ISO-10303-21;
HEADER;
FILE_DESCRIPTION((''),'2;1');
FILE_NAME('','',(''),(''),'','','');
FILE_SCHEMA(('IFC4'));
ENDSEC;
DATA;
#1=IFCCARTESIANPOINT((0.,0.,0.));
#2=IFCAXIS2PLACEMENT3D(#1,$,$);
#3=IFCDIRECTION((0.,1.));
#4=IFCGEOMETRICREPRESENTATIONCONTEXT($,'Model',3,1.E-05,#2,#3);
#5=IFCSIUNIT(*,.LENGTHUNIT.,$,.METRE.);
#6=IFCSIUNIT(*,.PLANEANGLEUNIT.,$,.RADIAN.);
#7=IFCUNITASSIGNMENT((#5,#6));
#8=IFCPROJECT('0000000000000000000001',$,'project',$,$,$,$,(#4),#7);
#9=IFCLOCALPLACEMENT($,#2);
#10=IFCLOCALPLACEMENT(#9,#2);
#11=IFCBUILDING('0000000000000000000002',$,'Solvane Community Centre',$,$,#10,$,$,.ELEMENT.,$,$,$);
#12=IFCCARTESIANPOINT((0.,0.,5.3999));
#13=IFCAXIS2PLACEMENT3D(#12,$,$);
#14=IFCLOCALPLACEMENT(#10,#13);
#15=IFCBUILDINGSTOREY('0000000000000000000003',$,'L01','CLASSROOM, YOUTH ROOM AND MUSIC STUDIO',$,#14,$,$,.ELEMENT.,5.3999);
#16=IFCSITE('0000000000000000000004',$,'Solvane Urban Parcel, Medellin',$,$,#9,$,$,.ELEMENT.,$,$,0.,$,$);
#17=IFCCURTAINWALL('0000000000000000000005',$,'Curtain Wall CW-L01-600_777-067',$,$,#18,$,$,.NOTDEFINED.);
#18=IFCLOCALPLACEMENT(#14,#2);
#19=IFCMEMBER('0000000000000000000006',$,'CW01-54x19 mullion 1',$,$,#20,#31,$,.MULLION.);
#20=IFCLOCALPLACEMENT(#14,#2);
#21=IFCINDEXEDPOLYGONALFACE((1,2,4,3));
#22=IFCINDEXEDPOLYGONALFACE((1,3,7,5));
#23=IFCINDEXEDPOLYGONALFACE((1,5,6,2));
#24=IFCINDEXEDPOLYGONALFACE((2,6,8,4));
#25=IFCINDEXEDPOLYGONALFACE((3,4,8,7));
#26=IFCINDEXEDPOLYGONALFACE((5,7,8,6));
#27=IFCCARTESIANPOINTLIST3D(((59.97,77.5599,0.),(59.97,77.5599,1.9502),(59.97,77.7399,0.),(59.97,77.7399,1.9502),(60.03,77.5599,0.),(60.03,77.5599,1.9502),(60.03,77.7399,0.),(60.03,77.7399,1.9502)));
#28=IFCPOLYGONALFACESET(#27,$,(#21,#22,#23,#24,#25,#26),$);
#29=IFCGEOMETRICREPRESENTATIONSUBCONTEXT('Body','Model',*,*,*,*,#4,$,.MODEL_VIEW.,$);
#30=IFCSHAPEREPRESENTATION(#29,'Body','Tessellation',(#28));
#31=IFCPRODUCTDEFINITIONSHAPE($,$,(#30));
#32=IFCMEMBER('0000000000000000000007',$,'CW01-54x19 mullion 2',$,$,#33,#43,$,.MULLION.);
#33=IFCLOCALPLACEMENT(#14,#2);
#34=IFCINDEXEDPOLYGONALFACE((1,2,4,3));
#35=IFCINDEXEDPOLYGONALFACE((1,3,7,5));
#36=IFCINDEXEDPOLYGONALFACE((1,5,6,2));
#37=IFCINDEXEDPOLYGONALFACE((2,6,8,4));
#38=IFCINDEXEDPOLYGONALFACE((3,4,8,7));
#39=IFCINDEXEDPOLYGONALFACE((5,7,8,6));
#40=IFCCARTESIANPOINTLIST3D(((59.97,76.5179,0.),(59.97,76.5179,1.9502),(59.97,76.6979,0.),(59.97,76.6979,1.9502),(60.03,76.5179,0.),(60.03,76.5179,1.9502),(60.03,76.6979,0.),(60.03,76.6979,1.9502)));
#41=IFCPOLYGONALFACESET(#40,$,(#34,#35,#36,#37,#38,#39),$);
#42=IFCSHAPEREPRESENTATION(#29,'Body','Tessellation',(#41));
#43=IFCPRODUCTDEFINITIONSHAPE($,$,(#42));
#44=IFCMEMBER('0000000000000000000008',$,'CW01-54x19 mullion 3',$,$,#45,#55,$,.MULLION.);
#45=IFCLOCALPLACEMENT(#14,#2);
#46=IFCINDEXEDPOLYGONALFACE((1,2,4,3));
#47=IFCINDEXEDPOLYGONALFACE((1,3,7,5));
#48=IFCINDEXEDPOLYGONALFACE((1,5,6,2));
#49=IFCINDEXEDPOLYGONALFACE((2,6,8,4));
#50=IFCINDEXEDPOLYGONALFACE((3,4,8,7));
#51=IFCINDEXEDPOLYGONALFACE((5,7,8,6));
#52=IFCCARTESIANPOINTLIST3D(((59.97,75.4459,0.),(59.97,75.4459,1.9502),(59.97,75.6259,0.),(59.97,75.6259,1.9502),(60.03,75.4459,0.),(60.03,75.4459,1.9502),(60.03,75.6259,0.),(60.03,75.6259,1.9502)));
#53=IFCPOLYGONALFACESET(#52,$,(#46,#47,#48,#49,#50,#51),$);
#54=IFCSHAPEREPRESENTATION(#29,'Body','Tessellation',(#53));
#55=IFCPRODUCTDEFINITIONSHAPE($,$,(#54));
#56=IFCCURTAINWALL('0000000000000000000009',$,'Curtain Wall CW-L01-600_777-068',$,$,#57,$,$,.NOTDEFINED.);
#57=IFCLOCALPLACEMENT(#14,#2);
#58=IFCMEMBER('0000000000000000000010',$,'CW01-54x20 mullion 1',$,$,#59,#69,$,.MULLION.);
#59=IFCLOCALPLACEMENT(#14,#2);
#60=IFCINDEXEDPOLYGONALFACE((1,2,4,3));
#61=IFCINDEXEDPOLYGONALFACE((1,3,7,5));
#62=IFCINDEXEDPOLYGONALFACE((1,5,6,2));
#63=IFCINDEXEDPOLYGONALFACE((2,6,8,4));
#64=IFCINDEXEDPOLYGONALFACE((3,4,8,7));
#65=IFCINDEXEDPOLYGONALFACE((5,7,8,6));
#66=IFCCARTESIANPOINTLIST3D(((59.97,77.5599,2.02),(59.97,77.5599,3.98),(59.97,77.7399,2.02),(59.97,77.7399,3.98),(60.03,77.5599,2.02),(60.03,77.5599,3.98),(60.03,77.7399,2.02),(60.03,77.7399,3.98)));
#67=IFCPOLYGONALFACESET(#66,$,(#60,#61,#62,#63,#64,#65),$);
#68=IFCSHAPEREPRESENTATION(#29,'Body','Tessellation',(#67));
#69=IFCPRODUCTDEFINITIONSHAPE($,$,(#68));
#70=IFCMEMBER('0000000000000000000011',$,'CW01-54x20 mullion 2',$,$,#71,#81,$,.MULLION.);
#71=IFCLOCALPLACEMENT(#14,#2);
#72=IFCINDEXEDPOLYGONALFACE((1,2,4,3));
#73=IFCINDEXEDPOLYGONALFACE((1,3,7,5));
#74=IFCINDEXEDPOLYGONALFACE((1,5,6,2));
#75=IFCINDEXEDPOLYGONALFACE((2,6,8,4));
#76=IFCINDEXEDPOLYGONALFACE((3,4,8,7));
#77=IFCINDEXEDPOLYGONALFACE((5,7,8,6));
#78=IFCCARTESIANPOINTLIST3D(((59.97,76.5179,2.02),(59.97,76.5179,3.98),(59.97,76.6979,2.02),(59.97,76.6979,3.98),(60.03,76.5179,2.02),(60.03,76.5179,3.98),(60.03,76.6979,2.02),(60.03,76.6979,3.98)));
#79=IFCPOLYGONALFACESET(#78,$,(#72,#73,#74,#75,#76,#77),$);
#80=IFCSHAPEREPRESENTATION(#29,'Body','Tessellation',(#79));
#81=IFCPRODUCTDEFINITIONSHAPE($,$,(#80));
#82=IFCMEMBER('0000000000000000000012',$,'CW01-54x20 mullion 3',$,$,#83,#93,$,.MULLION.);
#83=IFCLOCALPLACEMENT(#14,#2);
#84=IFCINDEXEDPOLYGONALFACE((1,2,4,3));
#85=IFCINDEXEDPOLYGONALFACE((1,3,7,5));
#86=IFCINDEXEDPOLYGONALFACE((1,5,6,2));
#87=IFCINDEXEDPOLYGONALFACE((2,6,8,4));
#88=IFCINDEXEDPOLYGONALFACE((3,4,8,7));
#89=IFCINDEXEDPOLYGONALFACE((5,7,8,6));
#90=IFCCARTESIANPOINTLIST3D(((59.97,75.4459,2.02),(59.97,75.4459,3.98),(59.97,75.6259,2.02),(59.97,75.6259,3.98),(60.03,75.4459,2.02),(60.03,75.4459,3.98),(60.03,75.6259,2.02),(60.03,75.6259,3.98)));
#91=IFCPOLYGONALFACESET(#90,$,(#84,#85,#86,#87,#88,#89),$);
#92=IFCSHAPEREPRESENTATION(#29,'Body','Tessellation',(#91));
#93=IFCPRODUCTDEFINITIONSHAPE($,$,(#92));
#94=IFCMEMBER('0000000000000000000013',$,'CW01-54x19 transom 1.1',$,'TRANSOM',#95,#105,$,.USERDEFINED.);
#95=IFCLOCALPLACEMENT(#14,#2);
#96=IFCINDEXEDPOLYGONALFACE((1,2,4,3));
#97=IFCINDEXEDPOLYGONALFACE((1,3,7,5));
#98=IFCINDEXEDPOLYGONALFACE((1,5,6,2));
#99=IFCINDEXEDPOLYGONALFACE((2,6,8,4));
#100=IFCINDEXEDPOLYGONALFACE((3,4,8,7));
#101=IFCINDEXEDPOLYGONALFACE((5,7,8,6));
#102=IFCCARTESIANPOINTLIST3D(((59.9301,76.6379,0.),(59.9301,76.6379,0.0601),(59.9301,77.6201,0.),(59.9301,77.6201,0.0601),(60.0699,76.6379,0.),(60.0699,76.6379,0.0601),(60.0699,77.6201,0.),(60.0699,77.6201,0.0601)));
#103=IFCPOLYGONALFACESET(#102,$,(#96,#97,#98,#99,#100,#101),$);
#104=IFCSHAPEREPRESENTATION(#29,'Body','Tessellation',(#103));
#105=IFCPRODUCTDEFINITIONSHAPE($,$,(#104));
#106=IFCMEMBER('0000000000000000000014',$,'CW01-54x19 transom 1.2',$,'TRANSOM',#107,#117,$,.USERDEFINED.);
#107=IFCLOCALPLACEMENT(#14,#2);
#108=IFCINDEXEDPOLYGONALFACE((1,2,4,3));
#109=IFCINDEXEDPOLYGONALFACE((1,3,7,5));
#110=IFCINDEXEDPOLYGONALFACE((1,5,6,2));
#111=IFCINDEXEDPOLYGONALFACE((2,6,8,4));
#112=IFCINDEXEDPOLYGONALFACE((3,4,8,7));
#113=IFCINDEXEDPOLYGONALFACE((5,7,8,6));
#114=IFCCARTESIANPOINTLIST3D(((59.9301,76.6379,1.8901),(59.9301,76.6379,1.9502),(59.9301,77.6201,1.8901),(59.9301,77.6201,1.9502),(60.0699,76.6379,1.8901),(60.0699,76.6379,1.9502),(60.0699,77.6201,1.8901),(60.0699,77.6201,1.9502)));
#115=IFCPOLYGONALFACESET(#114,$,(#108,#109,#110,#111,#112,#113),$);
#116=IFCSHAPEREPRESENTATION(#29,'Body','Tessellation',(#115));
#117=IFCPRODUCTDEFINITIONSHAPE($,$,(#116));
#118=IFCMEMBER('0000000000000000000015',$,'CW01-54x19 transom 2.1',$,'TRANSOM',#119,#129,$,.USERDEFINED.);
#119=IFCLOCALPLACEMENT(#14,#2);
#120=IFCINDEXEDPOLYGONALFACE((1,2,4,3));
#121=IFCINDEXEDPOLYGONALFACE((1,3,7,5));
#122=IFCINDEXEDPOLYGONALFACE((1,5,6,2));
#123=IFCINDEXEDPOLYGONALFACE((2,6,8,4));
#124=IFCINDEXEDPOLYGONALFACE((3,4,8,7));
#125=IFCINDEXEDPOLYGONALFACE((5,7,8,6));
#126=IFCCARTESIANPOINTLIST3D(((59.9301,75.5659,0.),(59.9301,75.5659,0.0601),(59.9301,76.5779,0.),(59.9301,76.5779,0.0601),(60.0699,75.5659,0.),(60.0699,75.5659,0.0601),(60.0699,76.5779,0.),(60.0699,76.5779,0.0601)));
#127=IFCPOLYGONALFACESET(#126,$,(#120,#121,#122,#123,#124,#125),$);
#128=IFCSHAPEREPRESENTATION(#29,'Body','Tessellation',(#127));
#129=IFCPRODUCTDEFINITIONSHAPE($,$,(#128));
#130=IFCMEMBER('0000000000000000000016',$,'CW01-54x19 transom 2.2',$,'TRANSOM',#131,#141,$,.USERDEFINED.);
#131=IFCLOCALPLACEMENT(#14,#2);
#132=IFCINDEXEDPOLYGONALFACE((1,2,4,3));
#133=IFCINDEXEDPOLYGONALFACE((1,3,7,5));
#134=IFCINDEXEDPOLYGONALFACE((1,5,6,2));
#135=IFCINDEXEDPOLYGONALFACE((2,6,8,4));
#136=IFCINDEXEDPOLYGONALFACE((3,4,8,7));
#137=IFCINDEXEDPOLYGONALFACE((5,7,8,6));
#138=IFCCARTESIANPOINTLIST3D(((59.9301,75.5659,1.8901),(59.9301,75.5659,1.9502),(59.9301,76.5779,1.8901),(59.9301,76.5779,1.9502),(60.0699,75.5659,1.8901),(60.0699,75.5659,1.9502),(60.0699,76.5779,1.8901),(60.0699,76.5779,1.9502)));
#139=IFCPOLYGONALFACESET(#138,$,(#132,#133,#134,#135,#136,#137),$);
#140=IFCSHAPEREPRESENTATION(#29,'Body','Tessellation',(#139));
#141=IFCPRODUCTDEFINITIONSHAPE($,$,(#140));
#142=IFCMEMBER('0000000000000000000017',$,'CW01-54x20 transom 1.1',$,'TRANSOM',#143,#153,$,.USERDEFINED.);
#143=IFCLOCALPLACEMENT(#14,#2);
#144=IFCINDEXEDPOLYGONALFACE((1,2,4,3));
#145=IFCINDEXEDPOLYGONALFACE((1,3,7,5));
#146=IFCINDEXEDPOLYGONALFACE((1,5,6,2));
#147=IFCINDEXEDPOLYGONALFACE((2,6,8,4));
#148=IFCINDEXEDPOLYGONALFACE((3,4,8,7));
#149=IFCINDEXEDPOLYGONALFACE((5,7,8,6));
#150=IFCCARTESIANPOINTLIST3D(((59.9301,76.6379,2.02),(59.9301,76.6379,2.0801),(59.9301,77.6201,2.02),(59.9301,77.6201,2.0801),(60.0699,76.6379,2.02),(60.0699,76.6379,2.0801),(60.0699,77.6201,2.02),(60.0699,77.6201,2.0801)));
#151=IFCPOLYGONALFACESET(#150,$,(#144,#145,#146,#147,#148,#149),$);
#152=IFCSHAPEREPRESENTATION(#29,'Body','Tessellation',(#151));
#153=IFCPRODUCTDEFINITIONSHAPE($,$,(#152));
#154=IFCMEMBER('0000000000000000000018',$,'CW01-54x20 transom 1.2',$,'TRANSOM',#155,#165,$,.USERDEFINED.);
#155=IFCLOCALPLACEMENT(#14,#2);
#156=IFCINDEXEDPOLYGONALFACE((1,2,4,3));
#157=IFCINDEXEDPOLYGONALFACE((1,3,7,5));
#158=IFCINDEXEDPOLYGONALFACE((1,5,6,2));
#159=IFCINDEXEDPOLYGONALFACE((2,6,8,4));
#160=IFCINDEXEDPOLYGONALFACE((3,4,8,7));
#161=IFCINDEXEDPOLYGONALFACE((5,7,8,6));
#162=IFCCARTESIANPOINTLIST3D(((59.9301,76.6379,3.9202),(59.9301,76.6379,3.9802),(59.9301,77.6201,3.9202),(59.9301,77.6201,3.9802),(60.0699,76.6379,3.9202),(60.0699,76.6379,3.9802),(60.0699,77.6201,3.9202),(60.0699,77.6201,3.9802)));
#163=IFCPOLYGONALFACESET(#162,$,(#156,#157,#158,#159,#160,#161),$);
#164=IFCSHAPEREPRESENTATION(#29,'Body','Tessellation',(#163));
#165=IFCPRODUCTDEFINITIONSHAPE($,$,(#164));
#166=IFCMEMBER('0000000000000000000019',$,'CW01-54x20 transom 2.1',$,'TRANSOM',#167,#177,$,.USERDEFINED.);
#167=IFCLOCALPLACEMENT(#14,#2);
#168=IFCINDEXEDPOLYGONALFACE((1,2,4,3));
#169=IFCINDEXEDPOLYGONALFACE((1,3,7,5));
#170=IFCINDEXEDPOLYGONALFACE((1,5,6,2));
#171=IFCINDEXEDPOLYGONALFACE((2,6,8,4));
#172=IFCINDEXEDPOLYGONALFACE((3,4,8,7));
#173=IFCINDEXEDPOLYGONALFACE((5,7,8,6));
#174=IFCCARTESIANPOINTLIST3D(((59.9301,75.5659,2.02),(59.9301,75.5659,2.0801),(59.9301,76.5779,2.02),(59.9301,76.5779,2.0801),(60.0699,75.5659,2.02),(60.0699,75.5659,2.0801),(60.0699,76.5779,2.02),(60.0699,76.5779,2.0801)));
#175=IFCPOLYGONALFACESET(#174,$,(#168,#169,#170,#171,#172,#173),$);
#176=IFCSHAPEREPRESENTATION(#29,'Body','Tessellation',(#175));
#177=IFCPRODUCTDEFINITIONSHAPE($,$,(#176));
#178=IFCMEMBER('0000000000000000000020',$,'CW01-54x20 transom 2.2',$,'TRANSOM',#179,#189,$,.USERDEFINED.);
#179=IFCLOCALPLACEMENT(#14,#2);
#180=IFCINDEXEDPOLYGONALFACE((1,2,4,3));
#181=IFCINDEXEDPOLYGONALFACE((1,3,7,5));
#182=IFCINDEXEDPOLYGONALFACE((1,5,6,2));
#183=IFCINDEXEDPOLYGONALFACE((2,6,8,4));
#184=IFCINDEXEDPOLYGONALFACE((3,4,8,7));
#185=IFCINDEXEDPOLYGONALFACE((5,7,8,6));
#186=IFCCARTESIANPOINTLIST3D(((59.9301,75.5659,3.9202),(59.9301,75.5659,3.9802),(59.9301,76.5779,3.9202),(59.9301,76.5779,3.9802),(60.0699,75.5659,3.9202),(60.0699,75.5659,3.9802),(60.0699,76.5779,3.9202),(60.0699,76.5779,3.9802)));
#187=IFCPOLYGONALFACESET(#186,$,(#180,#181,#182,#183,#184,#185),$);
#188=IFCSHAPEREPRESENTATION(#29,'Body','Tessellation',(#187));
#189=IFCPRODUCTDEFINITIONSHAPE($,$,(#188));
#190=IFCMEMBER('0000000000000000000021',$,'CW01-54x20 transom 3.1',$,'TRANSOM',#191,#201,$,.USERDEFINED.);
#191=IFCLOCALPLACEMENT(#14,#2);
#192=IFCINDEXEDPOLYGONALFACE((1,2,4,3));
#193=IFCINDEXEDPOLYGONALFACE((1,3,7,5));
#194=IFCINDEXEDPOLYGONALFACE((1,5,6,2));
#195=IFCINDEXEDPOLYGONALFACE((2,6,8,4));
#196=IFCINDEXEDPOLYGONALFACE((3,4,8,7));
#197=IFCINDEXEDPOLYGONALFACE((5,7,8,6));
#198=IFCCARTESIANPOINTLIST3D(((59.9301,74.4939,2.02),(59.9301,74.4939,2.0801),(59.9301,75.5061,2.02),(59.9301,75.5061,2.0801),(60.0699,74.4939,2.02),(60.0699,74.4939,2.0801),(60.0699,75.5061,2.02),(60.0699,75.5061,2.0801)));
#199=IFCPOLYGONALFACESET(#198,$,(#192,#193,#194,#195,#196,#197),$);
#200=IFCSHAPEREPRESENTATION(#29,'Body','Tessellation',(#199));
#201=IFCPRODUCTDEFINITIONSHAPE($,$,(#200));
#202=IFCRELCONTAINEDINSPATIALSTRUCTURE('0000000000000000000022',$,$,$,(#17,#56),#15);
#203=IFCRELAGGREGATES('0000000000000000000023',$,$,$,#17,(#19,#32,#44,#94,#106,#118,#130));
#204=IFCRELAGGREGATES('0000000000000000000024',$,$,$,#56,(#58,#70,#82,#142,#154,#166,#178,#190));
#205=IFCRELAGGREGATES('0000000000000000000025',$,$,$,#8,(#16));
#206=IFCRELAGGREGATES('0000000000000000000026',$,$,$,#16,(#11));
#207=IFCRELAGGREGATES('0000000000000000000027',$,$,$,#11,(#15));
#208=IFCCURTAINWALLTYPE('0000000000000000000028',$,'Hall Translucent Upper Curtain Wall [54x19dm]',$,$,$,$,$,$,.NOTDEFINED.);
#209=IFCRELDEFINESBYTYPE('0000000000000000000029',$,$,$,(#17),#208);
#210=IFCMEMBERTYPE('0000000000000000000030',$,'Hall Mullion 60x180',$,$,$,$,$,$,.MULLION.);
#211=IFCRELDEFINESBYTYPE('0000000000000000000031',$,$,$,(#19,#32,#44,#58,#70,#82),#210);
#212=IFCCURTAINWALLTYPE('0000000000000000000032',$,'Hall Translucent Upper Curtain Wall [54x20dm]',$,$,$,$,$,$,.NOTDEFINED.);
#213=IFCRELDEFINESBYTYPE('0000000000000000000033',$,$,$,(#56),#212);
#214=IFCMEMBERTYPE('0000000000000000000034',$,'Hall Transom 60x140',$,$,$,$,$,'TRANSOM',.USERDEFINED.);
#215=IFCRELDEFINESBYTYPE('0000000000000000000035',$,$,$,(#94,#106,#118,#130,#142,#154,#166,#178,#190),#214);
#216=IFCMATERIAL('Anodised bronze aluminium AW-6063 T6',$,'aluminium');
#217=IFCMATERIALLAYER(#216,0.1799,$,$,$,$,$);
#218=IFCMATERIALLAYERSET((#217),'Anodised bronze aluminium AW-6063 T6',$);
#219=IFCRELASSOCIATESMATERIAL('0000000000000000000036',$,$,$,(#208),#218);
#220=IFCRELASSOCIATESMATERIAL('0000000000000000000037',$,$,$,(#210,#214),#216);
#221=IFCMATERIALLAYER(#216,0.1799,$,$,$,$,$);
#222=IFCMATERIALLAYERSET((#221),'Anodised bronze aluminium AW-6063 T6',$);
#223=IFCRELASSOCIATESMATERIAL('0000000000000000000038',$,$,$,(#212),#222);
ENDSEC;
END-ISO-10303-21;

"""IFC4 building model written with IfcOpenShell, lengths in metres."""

from ifc_helpers import new_model, si_unit, direction, frame, origin, origin_2d, place, context, subcontext, project, spatial, rectangle, extrude, material, layer, layer_set, material_profile, profile_set, type_object, element, aggregate, save


model = new_model("IFC4")

# Units and contexts
model_context = context("Model", 3, precision=1e-05, world=origin(), true_north=direction((0.0, 1.0)))
body_context = subcontext(model_context, "Body", "Model", "MODEL_VIEW")
ifc_project = project(units=[si_unit("LENGTHUNIT", "METRE"), si_unit("PLANEANGLEUNIT", "RADIAN")], contexts=[model_context])

# Site, building, storey
site_placement = place(None, origin())
site = spatial("IfcSite", under=ifc_project, at=site_placement, Name="Solvane Urban Parcel, Medellin", CompositionType="ELEMENT", RefElevation=0.0)
building_placement = place(site_placement, origin())
building = spatial("IfcBuilding", under=site, at=building_placement, Name="Solvane Community Centre", CompositionType="ELEMENT")
storey_placement = place(building_placement, frame((0.0, 0.0, 5.3999)))
storey = spatial("IfcBuildingStorey", under=building, at=storey_placement, Name="L01", Description="CLASSROOM, YOUTH ROOM AND MUSIC STUDIO", CompositionType="ELEMENT", Elevation=5.3999)

# Curtain walls, members
ifc_material_1 = material(Name="Anodised bronze aluminium AW-6063 T6", Category="aluminium")
ifc_layer_1 = layer(ifc_material_1, 0.1799)
ifc_layer_set_1 = layer_set([ifc_layer_1], Name="Anodised bronze aluminium AW-6063 T6")
curtain_wall_type_1 = type_object("IfcCurtainWallType", Name="Hall Translucent Upper Curtain Wall [54x19dm]", PredefinedType="NOTDEFINED", material=ifc_layer_set_1)
curtain_wall_1_placement = place(storey_placement, origin())
curtain_wall_1 = element("IfcCurtainWall", 1, at=curtain_wall_1_placement, inside=storey, type_object=curtain_wall_type_1, Name="Curtain Wall CW-L01-600_777-067", PredefinedType="NOTDEFINED")
ifc_material_profile_1 = material_profile(ifc_material_1, rectangle(XDim=0.0601, YDim=0.1799, at=origin_2d()), Name="CW-M 60x180")
ifc_profile_set_1 = profile_set([ifc_material_profile_1], Name="Anodised bronze aluminium AW-6063 T6")
member_type_1 = type_object("IfcMemberType", Name="Hall Mullion 60x180", PredefinedType="MULLION", material=ifc_profile_set_1)
member_1_placement = place(storey_placement, frame((60.0, 77.6499, 0.0), z_axis=(0.0, 0.0, 1.0), x_axis=(1.0, 0.0, 0.0)))
member_1 = element("IfcMember", 2, at=member_1_placement, type_object=member_type_1, Name="CW01-54x19 mullion 1", PredefinedType="MULLION", context=body_context, shape_type="SweptSolid", body=[
    extrude(rectangle(XDim=0.0601, YDim=0.1799, at=origin_2d()), origin(), (0.0, 0.0, 1.0), 1.9502),
])
member_2_placement = place(storey_placement, frame((60.0, 76.6079, 0.0), z_axis=(0.0, 0.0, 1.0), x_axis=(1.0, 0.0, 0.0)))
member_2 = element("IfcMember", 3, at=member_2_placement, type_object=member_type_1, Name="CW01-54x19 mullion 2", PredefinedType="MULLION", context=body_context, shape_type="SweptSolid", body=[
    extrude(rectangle(XDim=0.0601, YDim=0.1799, at=origin_2d()), origin(), (0.0, 0.0, 1.0), 1.9502),
])
member_3_placement = place(storey_placement, frame((60.0, 75.5359, 0.0), z_axis=(0.0, 0.0, 1.0), x_axis=(1.0, 0.0, 0.0)))
member_3 = element("IfcMember", 4, at=member_3_placement, type_object=member_type_1, Name="CW01-54x19 mullion 3", PredefinedType="MULLION", context=body_context, shape_type="SweptSolid", body=[
    extrude(rectangle(XDim=0.0601, YDim=0.1799, at=origin_2d()), origin(), (0.0, 0.0, 1.0), 1.9502),
])
ifc_layer_2 = layer(ifc_material_1, 0.1799)
ifc_layer_set_2 = layer_set([ifc_layer_2], Name="Anodised bronze aluminium AW-6063 T6")
curtain_wall_type_2 = type_object("IfcCurtainWallType", Name="Hall Translucent Upper Curtain Wall [54x20dm]", PredefinedType="NOTDEFINED", material=ifc_layer_set_2)
curtain_wall_2_placement = place(storey_placement, origin())
curtain_wall_2 = element("IfcCurtainWall", 5, at=curtain_wall_2_placement, inside=storey, type_object=curtain_wall_type_2, Name="Curtain Wall CW-L01-600_777-068", PredefinedType="NOTDEFINED")
member_4_placement = place(storey_placement, frame((60.0, 77.6499, 2.02), z_axis=(0.0, 0.0, 1.0), x_axis=(1.0, 0.0, 0.0)))
member_4 = element("IfcMember", 6, at=member_4_placement, type_object=member_type_1, Name="CW01-54x20 mullion 1", PredefinedType="MULLION", context=body_context, shape_type="SweptSolid", body=[
    extrude(rectangle(XDim=0.0601, YDim=0.1799, at=origin_2d()), origin(), (0.0, 0.0, 1.0), 1.96),
])
member_5_placement = place(storey_placement, frame((60.0, 76.6079, 2.02), z_axis=(0.0, 0.0, 1.0), x_axis=(1.0, 0.0, 0.0)))
member_5 = element("IfcMember", 7, at=member_5_placement, type_object=member_type_1, Name="CW01-54x20 mullion 2", PredefinedType="MULLION", context=body_context, shape_type="SweptSolid", body=[
    extrude(rectangle(XDim=0.0601, YDim=0.1799, at=origin_2d()), origin(), (0.0, 0.0, 1.0), 1.96),
])
member_6_placement = place(storey_placement, frame((60.0, 75.5359, 2.02), z_axis=(0.0, 0.0, 1.0), x_axis=(1.0, 0.0, 0.0)))
member_6 = element("IfcMember", 8, at=member_6_placement, type_object=member_type_1, Name="CW01-54x20 mullion 3", PredefinedType="MULLION", context=body_context, shape_type="SweptSolid", body=[
    extrude(rectangle(XDim=0.0601, YDim=0.1799, at=origin_2d()), origin(), (0.0, 0.0, 1.0), 1.96),
])

# Members
ifc_material_profile_2 = material_profile(ifc_material_1, rectangle(XDim=0.1399, YDim=0.0601, at=origin_2d()), Name="CW-T 60x140")
ifc_profile_set_2 = profile_set([ifc_material_profile_2], Name="Anodised bronze aluminium AW-6063 T6")
member_type_2 = type_object("IfcMemberType", Name="Hall Transom 60x140", ElementType="TRANSOM", PredefinedType="USERDEFINED", material=ifc_profile_set_2)
member_7_placement = place(storey_placement, frame((60.0, 77.6201, 0.03), z_axis=(0.0, -1.0, 0.0), x_axis=(1.0, 0.0, 0.0)))
member_7 = element("IfcMember", 9, at=member_7_placement, type_object=member_type_2, Name="CW01-54x19 transom 1.1", ObjectType="TRANSOM", PredefinedType="USERDEFINED", context=body_context, shape_type="SweptSolid", body=[
    extrude(rectangle(XDim=0.1399, YDim=0.0601, at=origin_2d()), origin(), (0.0, 0.0, 1.0), 0.9822),
])
member_8_placement = place(storey_placement, frame((60.0, 77.6201, 1.9202), z_axis=(0.0, -1.0, 0.0), x_axis=(1.0, 0.0, 0.0)))
member_8 = element("IfcMember", 10, at=member_8_placement, type_object=member_type_2, Name="CW01-54x19 transom 1.2", ObjectType="TRANSOM", PredefinedType="USERDEFINED", context=body_context, shape_type="SweptSolid", body=[
    extrude(rectangle(XDim=0.1399, YDim=0.0601, at=origin_2d()), origin(), (0.0, 0.0, 1.0), 0.9822),
])
member_9_placement = place(storey_placement, frame((60.0, 76.5779, 0.03), z_axis=(0.0, -1.0, 0.0), x_axis=(1.0, 0.0, 0.0)))
member_9 = element("IfcMember", 11, at=member_9_placement, type_object=member_type_2, Name="CW01-54x19 transom 2.1", ObjectType="TRANSOM", PredefinedType="USERDEFINED", context=body_context, shape_type="SweptSolid", body=[
    extrude(rectangle(XDim=0.1399, YDim=0.0601, at=origin_2d()), origin(), (0.0, 0.0, 1.0), 1.012),
])
member_10_placement = place(storey_placement, frame((60.0, 76.5779, 1.9202), z_axis=(0.0, -1.0, 0.0), x_axis=(1.0, 0.0, 0.0)))
member_10 = element("IfcMember", 12, at=member_10_placement, type_object=member_type_2, Name="CW01-54x19 transom 2.2", ObjectType="TRANSOM", PredefinedType="USERDEFINED", context=body_context, shape_type="SweptSolid", body=[
    extrude(rectangle(XDim=0.1399, YDim=0.0601, at=origin_2d()), origin(), (0.0, 0.0, 1.0), 1.012),
])
member_11_placement = place(storey_placement, frame((60.0, 77.6201, 2.05), z_axis=(0.0, -1.0, 0.0), x_axis=(1.0, 0.0, 0.0)))
member_11 = element("IfcMember", 13, at=member_11_placement, type_object=member_type_2, Name="CW01-54x20 transom 1.1", ObjectType="TRANSOM", PredefinedType="USERDEFINED", context=body_context, shape_type="SweptSolid", body=[
    extrude(rectangle(XDim=0.1399, YDim=0.0601, at=origin_2d()), origin(), (0.0, 0.0, 1.0), 0.9822),
])
member_12_placement = place(storey_placement, frame((60.0, 77.6201, 3.9502), z_axis=(0.0, -1.0, 0.0), x_axis=(1.0, 0.0, 0.0)))
member_12 = element("IfcMember", 14, at=member_12_placement, type_object=member_type_2, Name="CW01-54x20 transom 1.2", ObjectType="TRANSOM", PredefinedType="USERDEFINED", context=body_context, shape_type="SweptSolid", body=[
    extrude(rectangle(XDim=0.1399, YDim=0.0601, at=origin_2d()), origin(), (0.0, 0.0, 1.0), 0.9822),
])
member_13_placement = place(storey_placement, frame((60.0, 76.5779, 2.05), z_axis=(0.0, -1.0, 0.0), x_axis=(1.0, 0.0, 0.0)))
member_13 = element("IfcMember", 15, at=member_13_placement, type_object=member_type_2, Name="CW01-54x20 transom 2.1", ObjectType="TRANSOM", PredefinedType="USERDEFINED", context=body_context, shape_type="SweptSolid", body=[
    extrude(rectangle(XDim=0.1399, YDim=0.0601, at=origin_2d()), origin(), (0.0, 0.0, 1.0), 1.012),
])
member_14_placement = place(storey_placement, frame((60.0, 76.5779, 3.9502), z_axis=(0.0, -1.0, 0.0), x_axis=(1.0, 0.0, 0.0)))
member_14 = element("IfcMember", 16, at=member_14_placement, type_object=member_type_2, Name="CW01-54x20 transom 2.2", ObjectType="TRANSOM", PredefinedType="USERDEFINED", context=body_context, shape_type="SweptSolid", body=[
    extrude(rectangle(XDim=0.1399, YDim=0.0601, at=origin_2d()), origin(), (0.0, 0.0, 1.0), 1.012),
])
member_15_placement = place(storey_placement, frame((60.0, 75.5061, 2.05), z_axis=(0.0, -1.0, 0.0), x_axis=(1.0, 0.0, 0.0)))
member_15 = element("IfcMember", 17, at=member_15_placement, type_object=member_type_2, Name="CW01-54x20 transom 3.1", ObjectType="TRANSOM", PredefinedType="USERDEFINED", context=body_context, shape_type="SweptSolid", body=[
    extrude(rectangle(XDim=0.1399, YDim=0.0601, at=origin_2d()), origin(), (0.0, 0.0, 1.0), 1.0122),
])

aggregate(curtain_wall_1, [member_1, member_2, member_3, member_7, member_8, member_9, member_10])
aggregate(curtain_wall_2, [member_4, member_5, member_6, member_11, member_12, member_13, member_14, member_15])

save(model, "model.ifc")
